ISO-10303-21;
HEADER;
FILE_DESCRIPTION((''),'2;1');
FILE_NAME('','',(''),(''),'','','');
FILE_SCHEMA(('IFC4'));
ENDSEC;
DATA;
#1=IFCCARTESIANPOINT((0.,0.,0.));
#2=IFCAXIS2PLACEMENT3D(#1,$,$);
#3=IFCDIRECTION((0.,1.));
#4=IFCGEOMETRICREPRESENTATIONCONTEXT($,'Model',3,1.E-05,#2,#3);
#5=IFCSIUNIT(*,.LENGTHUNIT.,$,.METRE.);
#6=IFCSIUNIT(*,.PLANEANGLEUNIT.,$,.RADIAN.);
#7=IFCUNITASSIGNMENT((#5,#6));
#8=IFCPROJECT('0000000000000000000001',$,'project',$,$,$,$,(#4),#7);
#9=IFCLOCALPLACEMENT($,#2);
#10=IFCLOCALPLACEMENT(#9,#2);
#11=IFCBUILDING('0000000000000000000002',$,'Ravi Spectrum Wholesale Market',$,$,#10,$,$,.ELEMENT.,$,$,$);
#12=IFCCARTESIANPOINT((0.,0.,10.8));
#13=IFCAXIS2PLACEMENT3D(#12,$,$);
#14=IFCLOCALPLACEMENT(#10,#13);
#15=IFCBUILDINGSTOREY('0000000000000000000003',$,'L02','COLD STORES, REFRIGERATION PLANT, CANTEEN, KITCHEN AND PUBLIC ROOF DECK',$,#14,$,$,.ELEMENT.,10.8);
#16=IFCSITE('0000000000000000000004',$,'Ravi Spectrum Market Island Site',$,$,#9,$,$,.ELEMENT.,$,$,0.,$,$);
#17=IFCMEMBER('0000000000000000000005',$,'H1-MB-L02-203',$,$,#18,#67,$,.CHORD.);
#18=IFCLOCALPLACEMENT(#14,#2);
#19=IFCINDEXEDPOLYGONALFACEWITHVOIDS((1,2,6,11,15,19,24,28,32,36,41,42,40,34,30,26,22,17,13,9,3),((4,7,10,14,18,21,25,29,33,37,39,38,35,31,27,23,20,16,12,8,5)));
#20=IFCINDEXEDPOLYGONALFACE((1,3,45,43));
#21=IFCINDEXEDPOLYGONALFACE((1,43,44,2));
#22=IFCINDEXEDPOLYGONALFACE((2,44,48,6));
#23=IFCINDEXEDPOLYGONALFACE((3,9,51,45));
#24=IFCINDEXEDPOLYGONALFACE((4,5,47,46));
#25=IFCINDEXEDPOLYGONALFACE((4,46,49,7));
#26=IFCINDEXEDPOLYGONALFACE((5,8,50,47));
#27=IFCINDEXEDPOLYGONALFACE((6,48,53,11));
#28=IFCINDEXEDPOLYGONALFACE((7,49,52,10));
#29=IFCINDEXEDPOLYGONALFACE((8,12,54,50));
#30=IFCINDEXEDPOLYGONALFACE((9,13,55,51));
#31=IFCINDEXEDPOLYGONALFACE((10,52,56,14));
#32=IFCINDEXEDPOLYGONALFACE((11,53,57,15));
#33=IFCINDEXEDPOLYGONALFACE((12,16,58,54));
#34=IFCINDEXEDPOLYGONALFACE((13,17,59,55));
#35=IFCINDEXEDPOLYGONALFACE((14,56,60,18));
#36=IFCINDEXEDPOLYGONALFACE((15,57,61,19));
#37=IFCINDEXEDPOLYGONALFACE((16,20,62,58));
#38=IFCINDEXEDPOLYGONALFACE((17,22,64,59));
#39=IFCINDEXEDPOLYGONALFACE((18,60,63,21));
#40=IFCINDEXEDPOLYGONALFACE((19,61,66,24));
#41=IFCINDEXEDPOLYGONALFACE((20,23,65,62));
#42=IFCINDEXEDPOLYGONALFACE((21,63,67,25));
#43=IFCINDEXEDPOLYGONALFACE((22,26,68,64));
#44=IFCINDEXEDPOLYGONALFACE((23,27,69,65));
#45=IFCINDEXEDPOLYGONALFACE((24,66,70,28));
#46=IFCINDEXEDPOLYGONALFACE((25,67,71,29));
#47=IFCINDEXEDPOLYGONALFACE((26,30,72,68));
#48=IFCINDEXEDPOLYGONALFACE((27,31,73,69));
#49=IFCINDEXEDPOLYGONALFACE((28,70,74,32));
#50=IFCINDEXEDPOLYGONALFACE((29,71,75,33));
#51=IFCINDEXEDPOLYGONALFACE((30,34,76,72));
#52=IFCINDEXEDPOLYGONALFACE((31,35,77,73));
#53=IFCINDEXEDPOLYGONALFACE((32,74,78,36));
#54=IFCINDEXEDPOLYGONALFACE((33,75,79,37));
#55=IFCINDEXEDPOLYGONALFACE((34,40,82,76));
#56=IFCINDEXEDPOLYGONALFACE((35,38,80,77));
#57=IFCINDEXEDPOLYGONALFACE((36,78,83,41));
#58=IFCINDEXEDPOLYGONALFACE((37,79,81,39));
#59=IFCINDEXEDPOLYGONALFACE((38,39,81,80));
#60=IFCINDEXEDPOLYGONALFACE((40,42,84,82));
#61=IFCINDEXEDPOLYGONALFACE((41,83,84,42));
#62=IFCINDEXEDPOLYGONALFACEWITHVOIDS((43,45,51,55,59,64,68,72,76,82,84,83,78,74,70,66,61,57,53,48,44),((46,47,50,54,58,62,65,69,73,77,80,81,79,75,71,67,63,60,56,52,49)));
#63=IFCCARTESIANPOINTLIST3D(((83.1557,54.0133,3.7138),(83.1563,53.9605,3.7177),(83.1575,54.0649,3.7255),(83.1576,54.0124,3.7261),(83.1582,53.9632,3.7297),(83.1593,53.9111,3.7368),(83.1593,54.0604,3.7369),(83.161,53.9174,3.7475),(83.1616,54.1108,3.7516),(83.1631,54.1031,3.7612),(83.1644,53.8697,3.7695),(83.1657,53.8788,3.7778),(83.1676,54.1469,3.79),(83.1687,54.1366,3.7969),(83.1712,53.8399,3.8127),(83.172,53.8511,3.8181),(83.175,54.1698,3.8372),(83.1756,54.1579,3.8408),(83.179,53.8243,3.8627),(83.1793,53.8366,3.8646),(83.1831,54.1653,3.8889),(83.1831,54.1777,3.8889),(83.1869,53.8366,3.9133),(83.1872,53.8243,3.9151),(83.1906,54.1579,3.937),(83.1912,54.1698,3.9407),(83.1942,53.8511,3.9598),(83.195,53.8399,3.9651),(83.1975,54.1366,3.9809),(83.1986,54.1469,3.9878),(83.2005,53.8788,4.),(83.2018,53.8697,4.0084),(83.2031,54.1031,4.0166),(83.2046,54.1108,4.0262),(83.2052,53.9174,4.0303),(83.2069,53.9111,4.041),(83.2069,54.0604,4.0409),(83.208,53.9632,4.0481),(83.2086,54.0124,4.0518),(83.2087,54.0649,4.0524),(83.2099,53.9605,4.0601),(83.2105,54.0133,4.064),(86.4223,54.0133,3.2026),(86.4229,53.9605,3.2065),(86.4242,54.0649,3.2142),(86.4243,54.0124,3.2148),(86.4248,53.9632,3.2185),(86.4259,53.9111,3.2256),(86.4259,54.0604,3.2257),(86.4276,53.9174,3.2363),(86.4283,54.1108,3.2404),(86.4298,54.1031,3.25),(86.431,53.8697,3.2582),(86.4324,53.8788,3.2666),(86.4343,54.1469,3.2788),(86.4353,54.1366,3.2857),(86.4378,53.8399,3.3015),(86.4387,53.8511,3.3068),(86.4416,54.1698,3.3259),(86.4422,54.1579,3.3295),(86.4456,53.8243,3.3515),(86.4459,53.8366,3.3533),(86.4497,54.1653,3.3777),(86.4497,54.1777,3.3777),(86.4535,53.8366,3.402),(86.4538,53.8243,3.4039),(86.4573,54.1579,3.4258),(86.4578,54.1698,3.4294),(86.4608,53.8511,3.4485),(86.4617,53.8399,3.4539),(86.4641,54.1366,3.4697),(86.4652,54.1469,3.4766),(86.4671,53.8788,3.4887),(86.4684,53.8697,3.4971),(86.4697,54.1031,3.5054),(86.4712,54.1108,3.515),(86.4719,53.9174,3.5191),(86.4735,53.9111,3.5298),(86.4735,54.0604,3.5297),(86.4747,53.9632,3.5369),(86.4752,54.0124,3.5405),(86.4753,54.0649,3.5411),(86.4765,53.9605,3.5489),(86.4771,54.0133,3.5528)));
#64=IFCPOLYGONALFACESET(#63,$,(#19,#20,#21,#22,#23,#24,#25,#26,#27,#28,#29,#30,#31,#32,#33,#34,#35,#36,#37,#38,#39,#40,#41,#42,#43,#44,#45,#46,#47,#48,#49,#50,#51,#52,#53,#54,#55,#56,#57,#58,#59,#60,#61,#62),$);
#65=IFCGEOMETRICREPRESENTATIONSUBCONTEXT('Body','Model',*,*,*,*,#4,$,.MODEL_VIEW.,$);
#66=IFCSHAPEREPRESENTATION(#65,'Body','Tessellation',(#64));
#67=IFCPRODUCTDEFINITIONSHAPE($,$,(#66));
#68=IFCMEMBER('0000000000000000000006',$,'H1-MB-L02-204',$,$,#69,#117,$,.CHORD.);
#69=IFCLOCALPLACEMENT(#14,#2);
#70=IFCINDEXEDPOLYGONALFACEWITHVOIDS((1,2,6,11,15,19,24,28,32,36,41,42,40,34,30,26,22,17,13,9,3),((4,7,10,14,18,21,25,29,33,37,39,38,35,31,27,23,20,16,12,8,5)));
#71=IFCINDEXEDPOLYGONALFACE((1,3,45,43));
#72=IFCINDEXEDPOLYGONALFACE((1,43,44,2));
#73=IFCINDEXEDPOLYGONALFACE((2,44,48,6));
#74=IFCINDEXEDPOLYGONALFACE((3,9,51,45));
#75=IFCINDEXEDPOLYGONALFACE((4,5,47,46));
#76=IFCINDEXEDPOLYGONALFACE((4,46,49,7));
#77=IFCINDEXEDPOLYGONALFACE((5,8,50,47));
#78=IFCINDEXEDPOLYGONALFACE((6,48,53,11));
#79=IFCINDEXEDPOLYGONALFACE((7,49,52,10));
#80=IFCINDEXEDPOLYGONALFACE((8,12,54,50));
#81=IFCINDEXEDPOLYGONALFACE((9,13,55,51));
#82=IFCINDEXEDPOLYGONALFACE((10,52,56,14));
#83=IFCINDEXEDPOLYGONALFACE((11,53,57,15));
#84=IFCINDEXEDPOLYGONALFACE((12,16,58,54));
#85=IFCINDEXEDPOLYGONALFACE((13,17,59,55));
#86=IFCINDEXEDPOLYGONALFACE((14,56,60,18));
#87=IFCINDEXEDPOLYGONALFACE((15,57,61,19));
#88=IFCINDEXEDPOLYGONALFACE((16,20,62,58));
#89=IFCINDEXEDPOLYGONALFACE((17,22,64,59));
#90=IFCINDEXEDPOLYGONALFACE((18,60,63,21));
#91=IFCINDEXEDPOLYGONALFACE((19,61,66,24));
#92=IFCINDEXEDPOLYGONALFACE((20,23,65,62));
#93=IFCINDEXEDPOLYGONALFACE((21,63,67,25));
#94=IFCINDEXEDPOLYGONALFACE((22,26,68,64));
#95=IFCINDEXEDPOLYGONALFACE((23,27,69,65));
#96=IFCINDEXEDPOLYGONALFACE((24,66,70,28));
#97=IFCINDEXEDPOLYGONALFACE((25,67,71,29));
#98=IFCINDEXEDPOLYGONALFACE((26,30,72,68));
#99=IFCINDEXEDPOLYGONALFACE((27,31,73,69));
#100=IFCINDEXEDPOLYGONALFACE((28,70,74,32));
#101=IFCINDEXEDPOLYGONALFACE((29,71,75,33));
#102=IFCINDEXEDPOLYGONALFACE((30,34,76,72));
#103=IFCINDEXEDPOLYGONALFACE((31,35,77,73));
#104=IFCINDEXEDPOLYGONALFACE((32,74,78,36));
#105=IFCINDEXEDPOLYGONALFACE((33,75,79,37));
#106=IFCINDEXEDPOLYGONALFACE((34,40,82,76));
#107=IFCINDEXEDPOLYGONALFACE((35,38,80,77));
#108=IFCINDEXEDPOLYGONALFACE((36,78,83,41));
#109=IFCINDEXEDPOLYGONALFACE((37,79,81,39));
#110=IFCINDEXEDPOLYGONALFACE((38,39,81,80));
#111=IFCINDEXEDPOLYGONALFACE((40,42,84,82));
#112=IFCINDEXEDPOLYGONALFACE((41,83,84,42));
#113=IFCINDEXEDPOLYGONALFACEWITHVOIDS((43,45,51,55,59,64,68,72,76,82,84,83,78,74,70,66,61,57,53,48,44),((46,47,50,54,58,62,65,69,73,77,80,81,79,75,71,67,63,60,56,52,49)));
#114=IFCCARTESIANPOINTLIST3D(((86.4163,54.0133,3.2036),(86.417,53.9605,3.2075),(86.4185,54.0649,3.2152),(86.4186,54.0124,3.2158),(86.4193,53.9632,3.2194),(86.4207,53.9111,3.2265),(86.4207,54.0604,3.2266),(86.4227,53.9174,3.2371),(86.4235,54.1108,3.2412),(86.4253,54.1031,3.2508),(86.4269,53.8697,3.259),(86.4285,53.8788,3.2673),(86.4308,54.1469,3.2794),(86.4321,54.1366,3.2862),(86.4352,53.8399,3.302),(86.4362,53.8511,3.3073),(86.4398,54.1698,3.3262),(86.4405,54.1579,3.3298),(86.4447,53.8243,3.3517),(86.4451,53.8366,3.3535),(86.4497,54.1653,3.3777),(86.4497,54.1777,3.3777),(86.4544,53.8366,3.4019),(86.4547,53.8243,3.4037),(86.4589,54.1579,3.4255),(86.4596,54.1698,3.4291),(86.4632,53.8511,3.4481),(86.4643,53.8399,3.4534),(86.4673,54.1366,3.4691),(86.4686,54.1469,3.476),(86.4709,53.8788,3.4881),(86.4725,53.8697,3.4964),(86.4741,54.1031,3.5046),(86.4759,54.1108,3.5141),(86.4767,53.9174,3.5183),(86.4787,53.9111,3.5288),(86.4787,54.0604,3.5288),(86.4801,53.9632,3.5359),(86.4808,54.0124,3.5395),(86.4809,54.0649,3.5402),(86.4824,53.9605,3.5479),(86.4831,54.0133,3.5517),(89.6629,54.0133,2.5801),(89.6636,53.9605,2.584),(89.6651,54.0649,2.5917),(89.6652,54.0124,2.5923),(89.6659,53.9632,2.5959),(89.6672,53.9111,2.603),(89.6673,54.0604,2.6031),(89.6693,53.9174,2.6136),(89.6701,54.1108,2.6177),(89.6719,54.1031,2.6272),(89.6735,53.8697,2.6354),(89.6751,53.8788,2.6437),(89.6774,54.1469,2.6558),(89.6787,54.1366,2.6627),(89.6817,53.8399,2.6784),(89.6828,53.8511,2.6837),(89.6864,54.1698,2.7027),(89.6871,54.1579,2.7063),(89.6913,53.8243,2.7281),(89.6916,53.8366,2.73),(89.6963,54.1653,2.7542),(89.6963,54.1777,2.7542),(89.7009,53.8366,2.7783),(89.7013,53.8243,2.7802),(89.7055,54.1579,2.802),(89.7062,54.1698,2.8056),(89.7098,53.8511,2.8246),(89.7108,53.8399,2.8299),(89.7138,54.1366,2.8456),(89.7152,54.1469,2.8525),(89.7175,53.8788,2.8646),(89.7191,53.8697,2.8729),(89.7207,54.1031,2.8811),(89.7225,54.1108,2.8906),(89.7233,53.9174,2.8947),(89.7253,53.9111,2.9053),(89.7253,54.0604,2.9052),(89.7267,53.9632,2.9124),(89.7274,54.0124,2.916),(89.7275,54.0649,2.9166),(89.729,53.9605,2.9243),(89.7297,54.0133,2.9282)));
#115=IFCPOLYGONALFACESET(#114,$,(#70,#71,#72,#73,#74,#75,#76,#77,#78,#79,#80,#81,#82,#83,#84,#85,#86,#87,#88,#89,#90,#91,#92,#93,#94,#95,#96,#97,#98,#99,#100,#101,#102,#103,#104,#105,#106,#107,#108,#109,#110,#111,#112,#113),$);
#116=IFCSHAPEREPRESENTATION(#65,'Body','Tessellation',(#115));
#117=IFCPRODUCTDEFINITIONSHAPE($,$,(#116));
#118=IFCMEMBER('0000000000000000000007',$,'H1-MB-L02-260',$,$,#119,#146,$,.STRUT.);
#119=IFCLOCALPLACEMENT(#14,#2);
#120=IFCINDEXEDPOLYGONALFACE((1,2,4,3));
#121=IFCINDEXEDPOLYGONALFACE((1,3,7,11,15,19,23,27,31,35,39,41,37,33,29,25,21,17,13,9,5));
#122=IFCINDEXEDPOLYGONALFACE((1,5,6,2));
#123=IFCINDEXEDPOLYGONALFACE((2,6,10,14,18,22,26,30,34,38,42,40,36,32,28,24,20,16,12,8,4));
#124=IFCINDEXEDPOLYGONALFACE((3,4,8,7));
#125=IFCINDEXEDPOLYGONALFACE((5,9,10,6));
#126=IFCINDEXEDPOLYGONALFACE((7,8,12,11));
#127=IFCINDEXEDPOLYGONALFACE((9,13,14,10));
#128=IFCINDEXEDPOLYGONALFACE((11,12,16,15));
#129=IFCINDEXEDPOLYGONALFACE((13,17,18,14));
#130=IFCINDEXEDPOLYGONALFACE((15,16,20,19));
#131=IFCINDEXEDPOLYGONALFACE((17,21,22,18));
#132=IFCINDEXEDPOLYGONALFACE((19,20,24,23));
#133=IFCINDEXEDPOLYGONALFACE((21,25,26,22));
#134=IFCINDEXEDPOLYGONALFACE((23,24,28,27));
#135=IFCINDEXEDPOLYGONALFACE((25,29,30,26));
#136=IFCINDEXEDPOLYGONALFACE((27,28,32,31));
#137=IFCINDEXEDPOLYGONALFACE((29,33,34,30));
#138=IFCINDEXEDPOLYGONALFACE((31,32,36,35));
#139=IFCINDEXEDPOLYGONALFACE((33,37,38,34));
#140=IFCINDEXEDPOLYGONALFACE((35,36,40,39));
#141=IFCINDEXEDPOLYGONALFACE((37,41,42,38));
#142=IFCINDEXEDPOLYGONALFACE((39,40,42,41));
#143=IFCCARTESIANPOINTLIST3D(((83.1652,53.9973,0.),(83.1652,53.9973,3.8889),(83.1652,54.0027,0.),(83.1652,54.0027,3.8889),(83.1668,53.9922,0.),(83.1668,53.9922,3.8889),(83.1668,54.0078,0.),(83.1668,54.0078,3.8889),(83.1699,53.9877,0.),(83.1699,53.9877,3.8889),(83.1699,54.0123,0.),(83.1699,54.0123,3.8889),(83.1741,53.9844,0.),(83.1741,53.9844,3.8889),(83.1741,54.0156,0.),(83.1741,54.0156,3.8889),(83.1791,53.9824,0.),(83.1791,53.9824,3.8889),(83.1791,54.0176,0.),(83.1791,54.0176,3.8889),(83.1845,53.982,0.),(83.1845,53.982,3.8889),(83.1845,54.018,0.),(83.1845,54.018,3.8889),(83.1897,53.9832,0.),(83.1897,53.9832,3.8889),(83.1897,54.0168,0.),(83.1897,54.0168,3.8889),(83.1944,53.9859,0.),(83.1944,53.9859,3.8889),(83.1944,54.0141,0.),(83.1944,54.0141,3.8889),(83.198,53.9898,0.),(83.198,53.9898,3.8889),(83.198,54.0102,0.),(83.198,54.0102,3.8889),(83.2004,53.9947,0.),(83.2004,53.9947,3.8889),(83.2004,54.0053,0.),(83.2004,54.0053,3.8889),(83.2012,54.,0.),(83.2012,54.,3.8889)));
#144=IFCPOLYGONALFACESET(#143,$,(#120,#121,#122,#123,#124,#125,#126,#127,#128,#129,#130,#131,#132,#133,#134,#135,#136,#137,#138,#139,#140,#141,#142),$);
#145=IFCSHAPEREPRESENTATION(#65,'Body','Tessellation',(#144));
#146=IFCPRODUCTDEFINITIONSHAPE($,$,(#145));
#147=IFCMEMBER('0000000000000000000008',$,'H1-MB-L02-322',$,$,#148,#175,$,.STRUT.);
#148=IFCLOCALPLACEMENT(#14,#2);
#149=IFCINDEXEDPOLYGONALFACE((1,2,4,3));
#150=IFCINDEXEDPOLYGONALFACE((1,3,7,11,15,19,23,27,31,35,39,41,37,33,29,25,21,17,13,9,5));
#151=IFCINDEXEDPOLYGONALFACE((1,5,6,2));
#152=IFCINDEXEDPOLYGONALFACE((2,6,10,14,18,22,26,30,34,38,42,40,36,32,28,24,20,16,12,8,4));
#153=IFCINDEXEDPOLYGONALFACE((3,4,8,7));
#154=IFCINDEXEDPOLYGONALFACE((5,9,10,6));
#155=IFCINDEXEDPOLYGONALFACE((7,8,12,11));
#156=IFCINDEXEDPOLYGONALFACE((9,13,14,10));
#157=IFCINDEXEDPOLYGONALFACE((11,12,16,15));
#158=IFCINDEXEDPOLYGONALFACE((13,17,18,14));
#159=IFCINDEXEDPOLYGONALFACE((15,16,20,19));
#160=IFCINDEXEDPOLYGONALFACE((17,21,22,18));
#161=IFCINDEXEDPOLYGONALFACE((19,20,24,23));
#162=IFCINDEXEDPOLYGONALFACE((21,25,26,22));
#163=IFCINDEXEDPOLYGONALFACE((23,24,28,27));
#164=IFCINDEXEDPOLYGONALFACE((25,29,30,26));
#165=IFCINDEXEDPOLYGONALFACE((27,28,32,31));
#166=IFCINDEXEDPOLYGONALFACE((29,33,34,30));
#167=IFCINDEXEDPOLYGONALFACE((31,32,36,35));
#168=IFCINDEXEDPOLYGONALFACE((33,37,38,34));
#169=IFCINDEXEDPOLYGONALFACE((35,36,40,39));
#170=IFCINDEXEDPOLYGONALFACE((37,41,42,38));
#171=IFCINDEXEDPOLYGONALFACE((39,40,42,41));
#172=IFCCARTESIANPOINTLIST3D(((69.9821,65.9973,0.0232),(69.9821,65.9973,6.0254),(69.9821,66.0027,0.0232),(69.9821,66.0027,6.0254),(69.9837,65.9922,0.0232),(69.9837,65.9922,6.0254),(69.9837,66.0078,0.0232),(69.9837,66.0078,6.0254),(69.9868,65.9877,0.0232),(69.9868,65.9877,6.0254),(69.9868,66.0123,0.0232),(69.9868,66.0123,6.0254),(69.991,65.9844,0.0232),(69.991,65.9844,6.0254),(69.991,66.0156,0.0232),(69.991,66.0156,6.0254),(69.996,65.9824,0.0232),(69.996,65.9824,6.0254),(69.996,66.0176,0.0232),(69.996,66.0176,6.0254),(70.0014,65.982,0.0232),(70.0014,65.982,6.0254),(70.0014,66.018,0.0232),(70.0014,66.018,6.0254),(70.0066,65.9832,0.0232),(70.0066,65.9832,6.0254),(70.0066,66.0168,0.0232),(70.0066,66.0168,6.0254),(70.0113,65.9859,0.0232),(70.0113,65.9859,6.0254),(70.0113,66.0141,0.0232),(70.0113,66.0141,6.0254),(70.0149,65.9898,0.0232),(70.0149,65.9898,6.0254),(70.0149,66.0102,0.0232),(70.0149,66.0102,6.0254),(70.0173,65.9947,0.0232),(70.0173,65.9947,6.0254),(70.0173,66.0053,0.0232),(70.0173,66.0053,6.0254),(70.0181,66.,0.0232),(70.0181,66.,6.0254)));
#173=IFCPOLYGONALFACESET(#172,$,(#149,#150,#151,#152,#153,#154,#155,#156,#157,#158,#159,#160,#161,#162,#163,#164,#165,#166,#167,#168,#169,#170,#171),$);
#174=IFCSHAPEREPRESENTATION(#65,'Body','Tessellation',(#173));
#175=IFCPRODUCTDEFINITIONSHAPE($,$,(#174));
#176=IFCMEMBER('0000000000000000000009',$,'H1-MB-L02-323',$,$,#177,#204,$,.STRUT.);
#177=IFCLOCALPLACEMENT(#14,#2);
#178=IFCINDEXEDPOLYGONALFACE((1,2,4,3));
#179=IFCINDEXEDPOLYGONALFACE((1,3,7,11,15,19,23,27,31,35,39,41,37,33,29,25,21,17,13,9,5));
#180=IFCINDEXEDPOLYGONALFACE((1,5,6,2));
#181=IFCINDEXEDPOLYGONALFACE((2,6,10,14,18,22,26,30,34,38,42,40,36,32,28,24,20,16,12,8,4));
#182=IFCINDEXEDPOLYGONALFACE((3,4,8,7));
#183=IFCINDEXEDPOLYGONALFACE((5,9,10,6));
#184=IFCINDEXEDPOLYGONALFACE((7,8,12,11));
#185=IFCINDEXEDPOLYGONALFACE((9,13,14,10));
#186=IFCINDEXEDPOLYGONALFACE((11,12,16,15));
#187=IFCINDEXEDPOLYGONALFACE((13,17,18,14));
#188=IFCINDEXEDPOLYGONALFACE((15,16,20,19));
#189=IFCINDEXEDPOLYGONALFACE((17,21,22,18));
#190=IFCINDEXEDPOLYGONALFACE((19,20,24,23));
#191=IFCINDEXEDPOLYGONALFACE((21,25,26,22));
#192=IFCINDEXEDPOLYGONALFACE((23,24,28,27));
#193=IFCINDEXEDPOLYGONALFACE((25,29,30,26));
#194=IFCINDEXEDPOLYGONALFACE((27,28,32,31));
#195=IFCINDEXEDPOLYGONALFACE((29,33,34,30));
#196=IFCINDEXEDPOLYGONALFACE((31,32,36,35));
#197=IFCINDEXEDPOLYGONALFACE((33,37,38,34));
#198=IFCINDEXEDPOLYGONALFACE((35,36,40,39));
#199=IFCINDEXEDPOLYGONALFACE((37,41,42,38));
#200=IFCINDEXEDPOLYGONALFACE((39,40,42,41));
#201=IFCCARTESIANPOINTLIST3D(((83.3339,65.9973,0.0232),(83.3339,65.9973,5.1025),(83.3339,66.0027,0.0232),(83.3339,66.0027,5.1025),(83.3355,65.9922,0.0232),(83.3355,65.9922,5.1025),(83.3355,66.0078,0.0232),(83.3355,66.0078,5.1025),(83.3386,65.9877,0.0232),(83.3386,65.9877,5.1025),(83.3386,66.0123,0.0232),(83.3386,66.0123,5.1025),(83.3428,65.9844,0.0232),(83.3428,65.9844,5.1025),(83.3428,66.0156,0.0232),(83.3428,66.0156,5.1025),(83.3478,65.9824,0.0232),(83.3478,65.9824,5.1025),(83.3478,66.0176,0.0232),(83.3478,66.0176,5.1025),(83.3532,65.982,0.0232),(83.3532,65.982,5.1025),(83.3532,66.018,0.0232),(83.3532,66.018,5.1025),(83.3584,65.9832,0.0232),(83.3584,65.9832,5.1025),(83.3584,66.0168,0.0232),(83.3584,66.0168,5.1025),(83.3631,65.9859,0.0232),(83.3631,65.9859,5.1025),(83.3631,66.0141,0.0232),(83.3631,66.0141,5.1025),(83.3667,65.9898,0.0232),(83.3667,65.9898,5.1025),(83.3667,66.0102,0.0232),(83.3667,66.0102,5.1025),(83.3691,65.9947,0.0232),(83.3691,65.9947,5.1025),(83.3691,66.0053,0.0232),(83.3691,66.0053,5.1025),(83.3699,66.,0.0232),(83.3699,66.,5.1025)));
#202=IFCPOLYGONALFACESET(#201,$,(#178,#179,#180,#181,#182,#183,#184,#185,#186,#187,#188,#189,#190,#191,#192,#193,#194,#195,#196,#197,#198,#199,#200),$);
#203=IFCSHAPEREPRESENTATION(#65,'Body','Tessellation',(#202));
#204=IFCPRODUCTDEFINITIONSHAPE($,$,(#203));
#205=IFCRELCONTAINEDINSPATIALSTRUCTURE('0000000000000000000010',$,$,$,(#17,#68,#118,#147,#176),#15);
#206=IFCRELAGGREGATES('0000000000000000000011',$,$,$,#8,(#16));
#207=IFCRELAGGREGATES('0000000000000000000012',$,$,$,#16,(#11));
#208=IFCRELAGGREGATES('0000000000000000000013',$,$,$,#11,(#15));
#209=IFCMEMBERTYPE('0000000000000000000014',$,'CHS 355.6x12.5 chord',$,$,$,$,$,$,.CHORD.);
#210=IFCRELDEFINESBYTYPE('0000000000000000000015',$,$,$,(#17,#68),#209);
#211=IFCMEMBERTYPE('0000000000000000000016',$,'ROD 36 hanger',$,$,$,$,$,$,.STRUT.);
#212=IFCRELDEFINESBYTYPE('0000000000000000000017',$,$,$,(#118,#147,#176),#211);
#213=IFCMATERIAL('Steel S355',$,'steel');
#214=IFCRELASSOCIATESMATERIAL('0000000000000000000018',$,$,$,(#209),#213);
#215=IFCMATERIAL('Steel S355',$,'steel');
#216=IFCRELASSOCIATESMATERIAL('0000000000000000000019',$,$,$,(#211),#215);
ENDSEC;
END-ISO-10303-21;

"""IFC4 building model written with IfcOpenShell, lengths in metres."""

from ifc_helpers import new_model, si_unit, direction, frame, origin, origin_2d, place, context, subcontext, project, spatial, circle, hollow_circle, extrude, material, material_profile, profile_set, type_object, element, save


model = new_model("IFC4")

# Units and contexts
model_context = context("Model", 3, precision=1e-05, world=origin(), true_north=direction((0.0, 1.0)))
body_context = subcontext(model_context, "Body", "Model", "MODEL_VIEW")
ifc_project = project(units=[si_unit("LENGTHUNIT", "METRE"), si_unit("PLANEANGLEUNIT", "RADIAN")], contexts=[model_context])

# Site, building, storey
site_placement = place(None, origin())
site = spatial("IfcSite", under=ifc_project, at=site_placement, Name="Ravi Spectrum Market Island Site", CompositionType="ELEMENT", RefElevation=0.0)
building_placement = place(site_placement, origin())
building = spatial("IfcBuilding", under=site, at=building_placement, Name="Ravi Spectrum Wholesale Market", CompositionType="ELEMENT")
storey_placement = place(building_placement, frame((0.0, 0.0, 10.8)))
storey = spatial("IfcBuildingStorey", under=building, at=storey_placement, Name="L02", Description="COLD STORES, REFRIGERATION PLANT, CANTEEN, KITCHEN AND PUBLIC ROOF DECK", CompositionType="ELEMENT", Elevation=10.8)

# Members
ifc_material_1 = material(Name="Steel S355", Category="steel")
ifc_material_profile_1 = material_profile(ifc_material_1, hollow_circle(Radius=0.1777, WallThickness=0.0125, at=origin_2d()))
ifc_profile_set_1 = profile_set([ifc_material_profile_1], Name="Steel S355")
member_type_1 = type_object("IfcMemberType", Name="CHS 355.6x12.5 chord", PredefinedType="CHORD", material=ifc_profile_set_1)
member_1_placement = place(storey_placement, frame((83.1831, 54.0, 3.8889), z_axis=(0.987974, 0.0, -0.15462), x_axis=(0.0, 1.0, 0.0)))
element("IfcMember", 1, at=member_1_placement, inside=storey, type_object=member_type_1, Name="H1-MB-L02-203", PredefinedType="CHORD", context=body_context, shape_type="SweptSolid", body=[
    extrude(hollow_circle(Radius=0.1777, WallThickness=0.0125, at=origin_2d()), origin(), (0.0, 0.0, 1.0), 3.3064),
])
member_2_placement = place(storey_placement, frame((86.4497, 54.0, 3.3777), z_axis=(0.982052, 0.0, -0.188612), x_axis=(0.0, 1.0, 0.0)))
element("IfcMember", 2, at=member_2_placement, inside=storey, type_object=member_type_1, Name="H1-MB-L02-204", PredefinedType="CHORD", context=body_context, shape_type="SweptSolid", body=[
    extrude(hollow_circle(Radius=0.1777, WallThickness=0.0125, at=origin_2d()), origin(), (0.0, 0.0, 1.0), 3.3059),
])
ifc_material_2 = material(Name="Steel S355", Category="steel")
ifc_material_profile_2 = material_profile(ifc_material_2, circle(Radius=0.0181, at=origin_2d()))
ifc_profile_set_2 = profile_set([ifc_material_profile_2], Name="Steel S355")
member_type_2 = type_object("IfcMemberType", Name="ROD 36 hanger", PredefinedType="STRUT", material=ifc_profile_set_2)
member_3_placement = place(storey_placement, frame((83.1831, 54.0, 0.0), z_axis=(0.0, 0.0, 1.0), x_axis=(1.0, 0.0, 0.0)))
element("IfcMember", 3, at=member_3_placement, inside=storey, type_object=member_type_2, Name="H1-MB-L02-260", PredefinedType="STRUT", context=body_context, shape_type="SweptSolid", body=[
    extrude(circle(Radius=0.0181, at=origin_2d()), origin(), (0.0, 0.0, 1.0), 3.8889),
])
member_4_placement = place(storey_placement, frame((70.0, 66.0, 0.0232), z_axis=(0.0, 0.0, 1.0), x_axis=(1.0, 0.0, 0.0)))
element("IfcMember", 4, at=member_4_placement, inside=storey, type_object=member_type_2, Name="H1-MB-L02-322", PredefinedType="STRUT", context=body_context, shape_type="SweptSolid", body=[
    extrude(circle(Radius=0.0181, at=origin_2d()), origin(), (0.0, 0.0, 1.0), 6.0022),
])
member_5_placement = place(storey_placement, frame((83.3518, 66.0, 0.0232), z_axis=(0.0, 0.0, 1.0), x_axis=(1.0, 0.0, 0.0)))
element("IfcMember", 5, at=member_5_placement, inside=storey, type_object=member_type_2, Name="H1-MB-L02-323", PredefinedType="STRUT", context=body_context, shape_type="SweptSolid", body=[
    extrude(circle(Radius=0.0181, at=origin_2d()), origin(), (0.0, 0.0, 1.0), 5.0793),
])

save(model, "model.ifc")
